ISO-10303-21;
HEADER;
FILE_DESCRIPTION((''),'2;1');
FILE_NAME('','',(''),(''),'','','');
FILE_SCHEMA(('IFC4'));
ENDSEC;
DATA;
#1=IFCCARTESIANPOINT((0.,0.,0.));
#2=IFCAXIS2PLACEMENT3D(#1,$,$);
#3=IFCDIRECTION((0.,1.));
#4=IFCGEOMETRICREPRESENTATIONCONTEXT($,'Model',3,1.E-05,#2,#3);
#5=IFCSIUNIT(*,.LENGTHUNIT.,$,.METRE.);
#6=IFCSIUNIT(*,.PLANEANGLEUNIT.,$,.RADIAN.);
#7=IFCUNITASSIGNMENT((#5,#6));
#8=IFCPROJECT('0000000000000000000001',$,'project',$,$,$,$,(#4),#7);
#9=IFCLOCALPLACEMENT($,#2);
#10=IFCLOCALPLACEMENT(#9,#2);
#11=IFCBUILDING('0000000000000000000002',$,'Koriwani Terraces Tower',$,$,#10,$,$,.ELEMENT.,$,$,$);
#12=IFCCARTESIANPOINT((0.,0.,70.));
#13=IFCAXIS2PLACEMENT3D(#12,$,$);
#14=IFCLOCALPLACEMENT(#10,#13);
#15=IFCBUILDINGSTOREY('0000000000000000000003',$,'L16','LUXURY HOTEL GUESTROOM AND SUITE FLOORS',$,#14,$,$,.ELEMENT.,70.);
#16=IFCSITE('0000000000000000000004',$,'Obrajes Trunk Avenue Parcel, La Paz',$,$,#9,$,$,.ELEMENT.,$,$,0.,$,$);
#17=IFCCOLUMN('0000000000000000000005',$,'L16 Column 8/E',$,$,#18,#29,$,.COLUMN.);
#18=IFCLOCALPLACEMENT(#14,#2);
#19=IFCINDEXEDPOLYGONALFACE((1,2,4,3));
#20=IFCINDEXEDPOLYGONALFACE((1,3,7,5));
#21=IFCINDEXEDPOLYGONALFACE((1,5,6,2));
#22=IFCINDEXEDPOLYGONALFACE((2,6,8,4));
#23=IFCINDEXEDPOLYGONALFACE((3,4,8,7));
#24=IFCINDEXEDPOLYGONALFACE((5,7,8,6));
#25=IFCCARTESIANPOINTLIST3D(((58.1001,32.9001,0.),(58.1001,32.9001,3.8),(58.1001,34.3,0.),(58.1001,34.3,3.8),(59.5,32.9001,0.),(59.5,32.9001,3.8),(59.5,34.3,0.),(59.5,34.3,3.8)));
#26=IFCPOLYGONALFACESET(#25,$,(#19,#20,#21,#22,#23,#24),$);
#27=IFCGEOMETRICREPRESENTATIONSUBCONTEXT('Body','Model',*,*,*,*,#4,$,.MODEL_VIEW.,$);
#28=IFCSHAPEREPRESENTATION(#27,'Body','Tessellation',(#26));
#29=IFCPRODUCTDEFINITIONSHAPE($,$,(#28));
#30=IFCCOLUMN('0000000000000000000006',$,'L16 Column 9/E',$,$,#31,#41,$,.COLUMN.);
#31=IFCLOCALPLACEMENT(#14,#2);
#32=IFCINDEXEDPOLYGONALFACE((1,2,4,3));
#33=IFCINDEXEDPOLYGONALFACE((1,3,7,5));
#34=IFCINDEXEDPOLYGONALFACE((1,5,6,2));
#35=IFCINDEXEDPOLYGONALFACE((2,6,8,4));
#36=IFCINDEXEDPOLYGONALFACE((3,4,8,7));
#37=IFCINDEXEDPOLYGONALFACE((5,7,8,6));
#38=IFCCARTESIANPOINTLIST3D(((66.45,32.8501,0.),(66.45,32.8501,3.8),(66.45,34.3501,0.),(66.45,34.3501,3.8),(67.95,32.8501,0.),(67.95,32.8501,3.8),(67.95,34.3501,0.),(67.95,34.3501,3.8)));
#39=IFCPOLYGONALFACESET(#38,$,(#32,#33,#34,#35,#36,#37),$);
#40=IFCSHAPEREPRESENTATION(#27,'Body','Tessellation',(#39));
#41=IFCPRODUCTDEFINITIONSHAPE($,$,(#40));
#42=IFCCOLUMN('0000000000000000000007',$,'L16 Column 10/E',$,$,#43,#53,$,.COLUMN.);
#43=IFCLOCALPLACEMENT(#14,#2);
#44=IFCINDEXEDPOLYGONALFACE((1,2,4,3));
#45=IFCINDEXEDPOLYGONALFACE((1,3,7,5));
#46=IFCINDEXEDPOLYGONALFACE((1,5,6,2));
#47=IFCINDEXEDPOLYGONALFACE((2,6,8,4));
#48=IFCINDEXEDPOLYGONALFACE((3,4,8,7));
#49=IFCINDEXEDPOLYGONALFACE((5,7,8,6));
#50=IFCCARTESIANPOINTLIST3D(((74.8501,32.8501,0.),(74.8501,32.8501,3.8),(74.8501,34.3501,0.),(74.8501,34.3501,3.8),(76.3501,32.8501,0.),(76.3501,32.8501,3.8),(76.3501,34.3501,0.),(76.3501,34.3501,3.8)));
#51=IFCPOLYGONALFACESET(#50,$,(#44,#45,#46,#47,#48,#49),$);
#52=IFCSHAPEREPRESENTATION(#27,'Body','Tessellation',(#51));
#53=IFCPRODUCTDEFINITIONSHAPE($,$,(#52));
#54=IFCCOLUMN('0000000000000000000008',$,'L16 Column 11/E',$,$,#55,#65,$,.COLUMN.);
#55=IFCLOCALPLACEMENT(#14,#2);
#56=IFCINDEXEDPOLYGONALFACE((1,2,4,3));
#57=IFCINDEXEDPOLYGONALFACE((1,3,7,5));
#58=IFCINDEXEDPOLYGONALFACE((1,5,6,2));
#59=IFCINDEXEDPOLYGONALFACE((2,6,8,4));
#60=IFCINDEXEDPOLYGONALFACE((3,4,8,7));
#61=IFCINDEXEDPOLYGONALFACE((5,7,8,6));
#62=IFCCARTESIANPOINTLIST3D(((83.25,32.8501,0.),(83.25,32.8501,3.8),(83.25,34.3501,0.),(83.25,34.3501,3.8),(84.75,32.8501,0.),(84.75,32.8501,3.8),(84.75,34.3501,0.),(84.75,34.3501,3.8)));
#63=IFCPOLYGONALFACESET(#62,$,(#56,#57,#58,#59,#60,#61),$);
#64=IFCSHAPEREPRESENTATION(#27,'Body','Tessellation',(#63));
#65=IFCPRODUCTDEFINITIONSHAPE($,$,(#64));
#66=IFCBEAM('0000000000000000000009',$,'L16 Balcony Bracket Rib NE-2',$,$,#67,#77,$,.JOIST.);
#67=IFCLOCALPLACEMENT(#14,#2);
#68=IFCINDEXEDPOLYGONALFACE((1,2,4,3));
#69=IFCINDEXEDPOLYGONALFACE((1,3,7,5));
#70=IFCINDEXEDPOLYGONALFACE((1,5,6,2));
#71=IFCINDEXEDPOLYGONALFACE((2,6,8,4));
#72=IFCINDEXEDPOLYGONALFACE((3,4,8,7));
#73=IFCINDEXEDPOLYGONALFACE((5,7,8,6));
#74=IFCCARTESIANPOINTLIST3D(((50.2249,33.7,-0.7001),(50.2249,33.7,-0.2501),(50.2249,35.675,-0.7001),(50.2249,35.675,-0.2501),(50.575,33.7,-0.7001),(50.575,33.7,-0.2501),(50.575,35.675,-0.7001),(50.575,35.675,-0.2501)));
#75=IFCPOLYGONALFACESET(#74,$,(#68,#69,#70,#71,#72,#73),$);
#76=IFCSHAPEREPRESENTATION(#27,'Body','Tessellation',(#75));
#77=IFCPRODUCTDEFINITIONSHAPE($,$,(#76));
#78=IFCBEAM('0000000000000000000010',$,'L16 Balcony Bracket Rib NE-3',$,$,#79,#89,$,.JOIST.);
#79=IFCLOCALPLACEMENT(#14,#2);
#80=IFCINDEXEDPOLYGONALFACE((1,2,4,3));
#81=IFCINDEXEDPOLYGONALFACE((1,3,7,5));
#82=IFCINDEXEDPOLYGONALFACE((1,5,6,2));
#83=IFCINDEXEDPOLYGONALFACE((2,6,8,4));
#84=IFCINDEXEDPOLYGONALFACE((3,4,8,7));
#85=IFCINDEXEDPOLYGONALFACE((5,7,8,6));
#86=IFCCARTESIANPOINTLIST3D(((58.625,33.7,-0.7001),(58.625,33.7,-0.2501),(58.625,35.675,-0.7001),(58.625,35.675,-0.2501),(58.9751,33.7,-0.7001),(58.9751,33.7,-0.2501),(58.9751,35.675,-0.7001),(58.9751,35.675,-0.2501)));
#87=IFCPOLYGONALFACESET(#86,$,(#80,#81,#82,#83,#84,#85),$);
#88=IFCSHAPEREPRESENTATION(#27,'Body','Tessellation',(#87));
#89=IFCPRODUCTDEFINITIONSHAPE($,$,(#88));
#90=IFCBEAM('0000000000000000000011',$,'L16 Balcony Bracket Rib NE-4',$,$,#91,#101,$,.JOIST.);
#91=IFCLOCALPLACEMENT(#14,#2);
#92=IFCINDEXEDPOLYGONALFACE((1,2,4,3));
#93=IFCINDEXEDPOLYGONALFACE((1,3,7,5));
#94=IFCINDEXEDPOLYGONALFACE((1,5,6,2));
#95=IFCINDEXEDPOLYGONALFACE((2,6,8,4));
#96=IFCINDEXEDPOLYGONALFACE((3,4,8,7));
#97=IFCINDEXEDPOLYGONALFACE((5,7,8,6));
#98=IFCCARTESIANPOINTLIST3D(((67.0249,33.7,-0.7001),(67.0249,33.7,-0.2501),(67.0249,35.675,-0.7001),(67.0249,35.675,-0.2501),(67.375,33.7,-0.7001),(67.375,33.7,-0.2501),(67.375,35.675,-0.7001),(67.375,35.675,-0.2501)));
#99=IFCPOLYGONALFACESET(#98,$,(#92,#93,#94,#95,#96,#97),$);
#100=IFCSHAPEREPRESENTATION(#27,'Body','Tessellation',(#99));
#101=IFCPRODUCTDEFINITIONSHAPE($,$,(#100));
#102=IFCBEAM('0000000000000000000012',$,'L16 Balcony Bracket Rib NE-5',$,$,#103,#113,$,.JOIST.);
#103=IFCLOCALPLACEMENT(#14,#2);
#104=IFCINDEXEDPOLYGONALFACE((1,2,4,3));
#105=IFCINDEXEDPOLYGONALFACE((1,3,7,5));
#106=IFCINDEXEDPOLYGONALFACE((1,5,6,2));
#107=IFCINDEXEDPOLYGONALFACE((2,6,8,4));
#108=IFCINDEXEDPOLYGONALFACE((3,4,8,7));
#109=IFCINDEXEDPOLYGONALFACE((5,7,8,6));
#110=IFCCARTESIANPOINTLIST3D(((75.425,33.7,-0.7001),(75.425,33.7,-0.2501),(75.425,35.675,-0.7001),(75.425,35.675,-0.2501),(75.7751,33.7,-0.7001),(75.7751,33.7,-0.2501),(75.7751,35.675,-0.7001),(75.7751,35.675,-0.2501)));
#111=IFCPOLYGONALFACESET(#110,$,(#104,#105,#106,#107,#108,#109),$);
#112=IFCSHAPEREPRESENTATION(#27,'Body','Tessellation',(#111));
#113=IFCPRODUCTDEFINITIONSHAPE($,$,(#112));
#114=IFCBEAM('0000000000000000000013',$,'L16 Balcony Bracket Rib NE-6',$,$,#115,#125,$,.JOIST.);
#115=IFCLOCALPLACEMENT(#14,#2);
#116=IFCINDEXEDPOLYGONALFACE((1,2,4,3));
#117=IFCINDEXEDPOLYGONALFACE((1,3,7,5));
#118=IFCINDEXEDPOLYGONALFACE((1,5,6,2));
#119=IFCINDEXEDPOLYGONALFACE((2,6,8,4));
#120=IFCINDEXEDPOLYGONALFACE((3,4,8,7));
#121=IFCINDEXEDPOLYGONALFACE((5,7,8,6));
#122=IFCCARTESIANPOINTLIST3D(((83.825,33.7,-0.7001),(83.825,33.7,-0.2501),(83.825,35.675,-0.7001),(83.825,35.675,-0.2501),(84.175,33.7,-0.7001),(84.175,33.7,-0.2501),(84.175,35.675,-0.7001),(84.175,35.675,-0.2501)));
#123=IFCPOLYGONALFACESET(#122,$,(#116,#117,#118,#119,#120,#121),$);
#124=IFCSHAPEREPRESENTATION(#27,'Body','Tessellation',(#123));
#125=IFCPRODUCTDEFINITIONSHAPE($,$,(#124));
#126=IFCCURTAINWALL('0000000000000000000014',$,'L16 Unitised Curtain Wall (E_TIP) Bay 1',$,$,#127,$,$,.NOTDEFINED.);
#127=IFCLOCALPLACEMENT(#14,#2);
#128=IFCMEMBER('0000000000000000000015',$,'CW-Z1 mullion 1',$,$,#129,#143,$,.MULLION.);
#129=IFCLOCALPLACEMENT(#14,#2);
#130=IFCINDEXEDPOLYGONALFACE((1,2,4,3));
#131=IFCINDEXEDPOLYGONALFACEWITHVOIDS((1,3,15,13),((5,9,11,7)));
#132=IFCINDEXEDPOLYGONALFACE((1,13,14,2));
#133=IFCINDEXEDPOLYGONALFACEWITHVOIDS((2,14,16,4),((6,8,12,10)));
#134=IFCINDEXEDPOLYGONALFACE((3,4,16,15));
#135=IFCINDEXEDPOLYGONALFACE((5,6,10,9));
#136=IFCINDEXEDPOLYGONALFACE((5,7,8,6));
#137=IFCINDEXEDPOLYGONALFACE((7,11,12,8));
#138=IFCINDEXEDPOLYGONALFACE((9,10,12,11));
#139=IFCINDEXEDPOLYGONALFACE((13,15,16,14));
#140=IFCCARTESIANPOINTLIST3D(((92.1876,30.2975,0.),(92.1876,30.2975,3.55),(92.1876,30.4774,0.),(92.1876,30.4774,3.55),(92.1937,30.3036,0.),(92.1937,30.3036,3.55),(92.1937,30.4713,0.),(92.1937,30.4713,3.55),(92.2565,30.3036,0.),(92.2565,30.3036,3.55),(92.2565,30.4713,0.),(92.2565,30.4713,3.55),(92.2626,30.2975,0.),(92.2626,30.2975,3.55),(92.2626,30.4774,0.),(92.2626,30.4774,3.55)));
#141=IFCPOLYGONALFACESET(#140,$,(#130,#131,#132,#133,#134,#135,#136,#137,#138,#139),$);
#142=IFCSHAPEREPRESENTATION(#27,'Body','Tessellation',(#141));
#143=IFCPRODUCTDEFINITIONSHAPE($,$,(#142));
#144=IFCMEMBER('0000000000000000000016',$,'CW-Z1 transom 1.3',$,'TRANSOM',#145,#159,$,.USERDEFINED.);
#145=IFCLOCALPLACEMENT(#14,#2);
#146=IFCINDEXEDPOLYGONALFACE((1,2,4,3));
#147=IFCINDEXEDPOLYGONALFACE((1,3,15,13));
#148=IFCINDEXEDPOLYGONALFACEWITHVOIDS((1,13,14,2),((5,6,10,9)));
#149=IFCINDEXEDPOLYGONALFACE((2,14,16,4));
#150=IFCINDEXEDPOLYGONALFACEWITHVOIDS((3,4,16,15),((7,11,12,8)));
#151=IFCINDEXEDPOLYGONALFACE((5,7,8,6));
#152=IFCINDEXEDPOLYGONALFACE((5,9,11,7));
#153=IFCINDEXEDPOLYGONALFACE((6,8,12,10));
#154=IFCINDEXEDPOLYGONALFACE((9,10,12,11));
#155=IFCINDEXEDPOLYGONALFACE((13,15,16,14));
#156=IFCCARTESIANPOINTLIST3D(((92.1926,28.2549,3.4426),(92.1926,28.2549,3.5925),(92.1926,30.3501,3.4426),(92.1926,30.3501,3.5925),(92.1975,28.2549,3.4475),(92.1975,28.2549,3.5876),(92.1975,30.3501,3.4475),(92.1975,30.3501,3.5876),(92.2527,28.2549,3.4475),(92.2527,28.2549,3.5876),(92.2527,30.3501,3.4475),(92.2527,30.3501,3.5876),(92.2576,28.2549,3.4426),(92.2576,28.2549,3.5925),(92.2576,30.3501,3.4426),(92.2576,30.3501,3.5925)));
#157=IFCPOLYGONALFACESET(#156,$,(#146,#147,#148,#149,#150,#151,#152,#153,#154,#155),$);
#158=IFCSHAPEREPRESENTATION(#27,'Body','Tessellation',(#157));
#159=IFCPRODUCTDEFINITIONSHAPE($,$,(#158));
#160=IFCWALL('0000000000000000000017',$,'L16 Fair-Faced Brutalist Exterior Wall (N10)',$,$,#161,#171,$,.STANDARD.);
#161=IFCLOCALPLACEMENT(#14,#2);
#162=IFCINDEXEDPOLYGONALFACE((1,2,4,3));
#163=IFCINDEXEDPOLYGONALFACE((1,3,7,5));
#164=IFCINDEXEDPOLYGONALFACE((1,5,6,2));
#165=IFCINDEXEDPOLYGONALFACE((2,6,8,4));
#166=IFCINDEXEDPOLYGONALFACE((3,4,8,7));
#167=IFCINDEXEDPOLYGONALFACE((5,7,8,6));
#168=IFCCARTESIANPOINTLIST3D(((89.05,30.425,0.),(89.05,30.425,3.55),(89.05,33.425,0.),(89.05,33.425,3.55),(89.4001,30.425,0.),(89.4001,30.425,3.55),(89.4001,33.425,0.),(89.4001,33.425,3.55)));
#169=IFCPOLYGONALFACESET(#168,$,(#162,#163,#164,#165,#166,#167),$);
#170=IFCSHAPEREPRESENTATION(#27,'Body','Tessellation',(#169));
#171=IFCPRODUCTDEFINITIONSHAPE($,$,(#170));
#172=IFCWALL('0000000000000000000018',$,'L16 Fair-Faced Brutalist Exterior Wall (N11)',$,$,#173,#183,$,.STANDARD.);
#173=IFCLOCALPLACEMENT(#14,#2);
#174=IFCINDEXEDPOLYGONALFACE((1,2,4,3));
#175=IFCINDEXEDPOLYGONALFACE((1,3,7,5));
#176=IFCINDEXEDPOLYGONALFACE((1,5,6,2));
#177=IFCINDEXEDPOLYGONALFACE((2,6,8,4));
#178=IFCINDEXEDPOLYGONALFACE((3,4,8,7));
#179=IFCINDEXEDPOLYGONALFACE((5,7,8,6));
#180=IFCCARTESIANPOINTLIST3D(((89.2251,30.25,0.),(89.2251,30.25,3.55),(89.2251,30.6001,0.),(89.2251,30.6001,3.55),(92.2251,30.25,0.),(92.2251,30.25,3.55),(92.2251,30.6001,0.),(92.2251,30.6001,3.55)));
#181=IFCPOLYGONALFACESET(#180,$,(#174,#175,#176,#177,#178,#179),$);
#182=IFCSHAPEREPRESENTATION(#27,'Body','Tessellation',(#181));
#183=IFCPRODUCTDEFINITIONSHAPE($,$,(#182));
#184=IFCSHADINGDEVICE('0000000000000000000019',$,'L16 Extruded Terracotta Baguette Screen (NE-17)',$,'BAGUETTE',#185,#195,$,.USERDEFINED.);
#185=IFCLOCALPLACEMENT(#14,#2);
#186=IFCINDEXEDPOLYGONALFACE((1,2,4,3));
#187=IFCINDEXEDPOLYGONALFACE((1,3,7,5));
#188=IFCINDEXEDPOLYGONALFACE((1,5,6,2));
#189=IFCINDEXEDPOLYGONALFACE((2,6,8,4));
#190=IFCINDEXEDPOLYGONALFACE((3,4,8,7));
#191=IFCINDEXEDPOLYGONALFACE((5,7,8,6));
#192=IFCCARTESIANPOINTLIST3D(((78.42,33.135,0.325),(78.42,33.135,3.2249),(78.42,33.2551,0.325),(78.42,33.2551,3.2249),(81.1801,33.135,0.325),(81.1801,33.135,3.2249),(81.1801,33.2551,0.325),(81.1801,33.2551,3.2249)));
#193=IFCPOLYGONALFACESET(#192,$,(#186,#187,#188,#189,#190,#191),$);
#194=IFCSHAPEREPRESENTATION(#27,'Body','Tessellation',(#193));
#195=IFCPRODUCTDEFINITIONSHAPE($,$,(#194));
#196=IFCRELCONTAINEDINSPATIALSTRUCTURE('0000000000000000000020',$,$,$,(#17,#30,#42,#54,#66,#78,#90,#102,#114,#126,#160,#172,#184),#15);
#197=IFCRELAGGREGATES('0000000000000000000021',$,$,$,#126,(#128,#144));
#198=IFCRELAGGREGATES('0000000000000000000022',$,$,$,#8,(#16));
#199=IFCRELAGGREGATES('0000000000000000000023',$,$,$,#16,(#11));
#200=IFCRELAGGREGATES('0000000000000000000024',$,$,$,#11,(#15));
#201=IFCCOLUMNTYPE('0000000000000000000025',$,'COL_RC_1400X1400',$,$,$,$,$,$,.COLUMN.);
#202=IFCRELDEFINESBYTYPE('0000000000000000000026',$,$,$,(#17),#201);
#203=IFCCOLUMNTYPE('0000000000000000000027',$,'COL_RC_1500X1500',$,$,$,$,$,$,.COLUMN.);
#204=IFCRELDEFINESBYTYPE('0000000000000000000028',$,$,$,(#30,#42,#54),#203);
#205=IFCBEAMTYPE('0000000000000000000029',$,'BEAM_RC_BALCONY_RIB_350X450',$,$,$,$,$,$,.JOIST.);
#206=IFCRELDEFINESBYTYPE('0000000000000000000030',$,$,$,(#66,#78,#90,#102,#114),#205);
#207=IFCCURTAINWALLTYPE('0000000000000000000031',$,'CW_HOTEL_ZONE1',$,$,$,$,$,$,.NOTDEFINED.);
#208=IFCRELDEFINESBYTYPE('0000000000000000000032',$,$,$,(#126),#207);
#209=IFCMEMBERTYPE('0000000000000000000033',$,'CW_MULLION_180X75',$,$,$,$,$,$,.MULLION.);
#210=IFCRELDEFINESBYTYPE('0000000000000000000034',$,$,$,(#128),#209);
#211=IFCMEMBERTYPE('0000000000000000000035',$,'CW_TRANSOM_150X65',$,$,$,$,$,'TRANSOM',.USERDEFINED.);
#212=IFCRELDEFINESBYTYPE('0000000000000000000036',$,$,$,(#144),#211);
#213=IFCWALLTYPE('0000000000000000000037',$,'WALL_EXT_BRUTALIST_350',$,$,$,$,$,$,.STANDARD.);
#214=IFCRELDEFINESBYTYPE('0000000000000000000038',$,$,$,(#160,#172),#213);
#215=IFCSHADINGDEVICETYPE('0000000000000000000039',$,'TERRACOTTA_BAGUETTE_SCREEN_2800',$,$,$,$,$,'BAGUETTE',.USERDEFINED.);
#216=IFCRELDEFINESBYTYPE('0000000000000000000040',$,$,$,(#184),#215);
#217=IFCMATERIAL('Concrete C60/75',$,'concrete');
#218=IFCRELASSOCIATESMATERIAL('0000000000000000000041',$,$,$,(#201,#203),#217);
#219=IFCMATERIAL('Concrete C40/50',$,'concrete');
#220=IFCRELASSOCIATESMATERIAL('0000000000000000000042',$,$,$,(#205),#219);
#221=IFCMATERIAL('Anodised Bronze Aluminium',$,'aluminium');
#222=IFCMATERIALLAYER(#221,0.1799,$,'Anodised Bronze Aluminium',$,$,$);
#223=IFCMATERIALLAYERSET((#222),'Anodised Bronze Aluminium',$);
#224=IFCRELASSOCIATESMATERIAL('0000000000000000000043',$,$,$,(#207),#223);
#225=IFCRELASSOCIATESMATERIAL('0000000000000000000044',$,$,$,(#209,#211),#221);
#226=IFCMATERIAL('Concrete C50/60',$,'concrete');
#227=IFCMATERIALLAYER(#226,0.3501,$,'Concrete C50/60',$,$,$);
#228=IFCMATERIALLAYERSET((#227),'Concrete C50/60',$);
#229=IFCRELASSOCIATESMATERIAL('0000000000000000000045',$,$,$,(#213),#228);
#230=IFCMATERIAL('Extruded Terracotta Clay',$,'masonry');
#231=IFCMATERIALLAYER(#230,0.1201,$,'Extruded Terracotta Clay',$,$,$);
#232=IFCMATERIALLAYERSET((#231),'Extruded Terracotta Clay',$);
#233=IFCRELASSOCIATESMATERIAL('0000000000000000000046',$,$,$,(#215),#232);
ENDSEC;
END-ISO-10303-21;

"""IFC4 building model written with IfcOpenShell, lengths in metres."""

from ifc_helpers import new_model, si_unit, direction, frame, frame_2d, origin, origin_2d, place, context, subcontext, project, spatial, rectangle, hollow_rectangle, extrude, material, layer, layer_set, material_profile, profile_set, type_object, element, aggregate, save


model = new_model("IFC4")

# Units and contexts
model_context = context("Model", 3, precision=1e-05, world=origin(), true_north=direction((0.0, 1.0)))
body_context = subcontext(model_context, "Body", "Model", "MODEL_VIEW")
ifc_project = project(units=[si_unit("LENGTHUNIT", "METRE"), si_unit("PLANEANGLEUNIT", "RADIAN")], contexts=[model_context])

# Site, building, storey
site_placement = place(None, origin())
site = spatial("IfcSite", under=ifc_project, at=site_placement, Name="Obrajes Trunk Avenue Parcel, La Paz", CompositionType="ELEMENT", RefElevation=0.0)
building_placement = place(site_placement, origin())
building = spatial("IfcBuilding", under=site, at=building_placement, Name="Koriwani Terraces Tower", CompositionType="ELEMENT")
storey_placement = place(building_placement, frame((0.0, 0.0, 70.0)))
storey = spatial("IfcBuildingStorey", under=building, at=storey_placement, Name="L16", Description="LUXURY HOTEL GUESTROOM AND SUITE FLOORS", CompositionType="ELEMENT", Elevation=70.0)

# Columns
ifc_material_1 = material(Name="Concrete C60/75", Category="concrete")
ifc_material_profile_1 = material_profile(ifc_material_1, rectangle(XDim=1.3999, YDim=1.3999, at=origin_2d()), Name="Concrete C60/75", Category="LoadBearing")
ifc_profile_set_1 = profile_set([ifc_material_profile_1], Name="Concrete C60/75")
column_type_1 = type_object("IfcColumnType", Name="COL_RC_1400X1400", PredefinedType="COLUMN", material=ifc_profile_set_1)
column_placement = place(storey_placement, frame((58.8, 33.6001, 0.0), z_axis=(0.0, 0.0, 1.0), x_axis=(1.0, 0.0, 0.0)))
element("IfcColumn", 1, at=column_placement, inside=storey, type_object=column_type_1, Name="L16 Column 8/E", PredefinedType="COLUMN", context=body_context, shape_type="SweptSolid", body=[
    extrude(rectangle(XDim=1.3999, YDim=1.3999, at=origin_2d()), origin(), (0.0, 0.0, 1.0), 3.8),
])
ifc_material_profile_2 = material_profile(ifc_material_1, rectangle(XDim=1.5, YDim=1.5, at=origin_2d()), Name="Concrete C60/75", Category="LoadBearing")
ifc_profile_set_2 = profile_set([ifc_material_profile_2], Name="Concrete C60/75")
column_type_2 = type_object("IfcColumnType", Name="COL_RC_1500X1500", PredefinedType="COLUMN", material=ifc_profile_set_2)
for number, where, z_axis, x_axis, name in (
    (2, (67.2, 33.6001, 0.0), (0.0, 0.0, 1.0), (1.0, 0.0, 0.0), "L16 Column 9/E"),
    (3, (75.6001, 33.6001, 0.0), (0.0, 0.0, 1.0), (1.0, 0.0, 0.0), "L16 Column 10/E"),
    (4, (84.0, 33.6001, 0.0), (0.0, 0.0, 1.0), (1.0, 0.0, 0.0), "L16 Column 11/E"),
):
    element("IfcColumn", number, at=place(storey_placement, frame(where, z_axis=z_axis, x_axis=x_axis)), inside=storey, type_object=column_type_2, Name=name, PredefinedType="COLUMN", context=body_context, shape_type="SweptSolid", body=[
        extrude(rectangle(XDim=1.5, YDim=1.5, at=origin_2d()), origin(), (0.0, 0.0, 1.0), 3.8),
    ])

# Beams
ifc_material_2 = material(Name="Concrete C40/50", Category="concrete")
ifc_material_profile_3 = material_profile(ifc_material_2, rectangle(XDim=0.3501, YDim=0.45, at=origin_2d()), Name="Concrete C40/50", Category="LoadBearing")
ifc_profile_set_3 = profile_set([ifc_material_profile_3], Name="Concrete C40/50")
beam_type = type_object("IfcBeamType", Name="BEAM_RC_BALCONY_RIB_350X450", PredefinedType="JOIST", material=ifc_profile_set_3)
for number, where, z_axis, x_axis, name in (
    (5, (50.3999, 33.7, -0.4751), (0.0, 1.0, 0.0), (-1.0, 0.0, 0.0), "L16 Balcony Bracket Rib NE-2"),
    (6, (58.8, 33.7, -0.4751), (0.0, 1.0, 0.0), (-1.0, 0.0, 0.0), "L16 Balcony Bracket Rib NE-3"),
    (7, (67.2, 33.7, -0.4751), (0.0, 1.0, 0.0), (-1.0, 0.0, 0.0), "L16 Balcony Bracket Rib NE-4"),
    (8, (75.6001, 33.7, -0.4751), (0.0, 1.0, 0.0), (-1.0, 0.0, 0.0), "L16 Balcony Bracket Rib NE-5"),
    (9, (84.0, 33.7, -0.4751), (0.0, 1.0, 0.0), (-1.0, 0.0, 0.0), "L16 Balcony Bracket Rib NE-6"),
):
    element("IfcBeam", number, at=place(storey_placement, frame(where, z_axis=z_axis, x_axis=x_axis)), inside=storey, type_object=beam_type, Name=name, PredefinedType="JOIST", context=body_context, shape_type="SweptSolid", body=[
        extrude(rectangle(XDim=0.3501, YDim=0.45, at=origin_2d()), origin(), (0.0, 0.0, 1.0), 1.9751),
    ])

# Curtain wall, members
ifc_material_3 = material(Name="Anodised Bronze Aluminium", Category="aluminium")
ifc_layer_1 = layer(ifc_material_3, 0.1799, Name="Anodised Bronze Aluminium")
ifc_layer_set_1 = layer_set([ifc_layer_1], Name="Anodised Bronze Aluminium")
curtain_wall_type = type_object("IfcCurtainWallType", Name="CW_HOTEL_ZONE1", PredefinedType="NOTDEFINED", material=ifc_layer_set_1)
curtain_wall_placement = place(storey_placement, origin())
curtain_wall = element("IfcCurtainWall", 10, at=curtain_wall_placement, inside=storey, type_object=curtain_wall_type, Name="L16 Unitised Curtain Wall (E_TIP) Bay 1", PredefinedType="NOTDEFINED")
ifc_material_profile_4 = material_profile(ifc_material_3, hollow_rectangle(XDim=0.075, YDim=0.1799, WallThickness=0.0061, at=origin_2d()), Name="Anodised Bronze Aluminium", Category="LoadBearing")
ifc_profile_set_4 = profile_set([ifc_material_profile_4], Name="Anodised Bronze Aluminium")
member_type_1 = type_object("IfcMemberType", Name="CW_MULLION_180X75", PredefinedType="MULLION", material=ifc_profile_set_4)
member_1_placement = place(storey_placement, frame((92.2251, 30.3875, 0.0), z_axis=(0.0, 0.0, 1.0), x_axis=(1.0, 0.0, 0.0)))
member_1 = element("IfcMember", 11, at=member_1_placement, type_object=member_type_1, Name="CW-Z1 mullion 1", PredefinedType="MULLION", context=body_context, shape_type="SweptSolid", body=[
    extrude(hollow_rectangle(XDim=0.075, YDim=0.1799, WallThickness=0.0061, at=origin_2d()), origin(), (0.0, 0.0, 1.0), 3.55),
])
ifc_material_profile_5 = material_profile(ifc_material_3, hollow_rectangle(XDim=0.0649, YDim=0.1499, WallThickness=0.0049, at=origin_2d()), Name="Anodised Bronze Aluminium", Category="LoadBearing")
ifc_profile_set_5 = profile_set([ifc_material_profile_5], Name="Anodised Bronze Aluminium")
member_type_2 = type_object("IfcMemberType", Name="CW_TRANSOM_150X65", ElementType="TRANSOM", PredefinedType="USERDEFINED", material=ifc_profile_set_5)
member_2_placement = place(storey_placement, frame((92.2251, 30.3501, 3.5176), z_axis=(0.0, -1.0, 0.0), x_axis=(1.0, 0.0, 0.0)))
member_2 = element("IfcMember", 12, at=member_2_placement, type_object=member_type_2, Name="CW-Z1 transom 1.3", ObjectType="TRANSOM", PredefinedType="USERDEFINED", context=body_context, shape_type="SweptSolid", body=[
    extrude(hollow_rectangle(XDim=0.0649, YDim=0.1499, WallThickness=0.0049, at=origin_2d()), origin(), (0.0, 0.0, 1.0), 2.0952),
])
aggregate(curtain_wall, [member_1, member_2])

# Walls
ifc_material_4 = material(Name="Concrete C50/60", Category="concrete")
ifc_layer_2 = layer(ifc_material_4, 0.3501, Name="Concrete C50/60")
ifc_layer_set_2 = layer_set([ifc_layer_2], Name="Concrete C50/60")
wall_type = type_object("IfcWallType", Name="WALL_EXT_BRUTALIST_350", PredefinedType="STANDARD", material=ifc_layer_set_2)
for number, where, z_axis, x_axis, name in (
    (13, (89.2251, 33.425, 0.0), (0.0, 0.0, 1.0), (0.0, -1.0, 0.0), "L16 Fair-Faced Brutalist Exterior Wall (N10)"),
    (14, (89.2251, 30.425, 0.0), (0.0, 0.0, 1.0), (1.0, 0.0, 0.0), "L16 Fair-Faced Brutalist Exterior Wall (N11)"),
):
    element("IfcWall", number, at=place(storey_placement, frame(where, z_axis=z_axis, x_axis=x_axis)), inside=storey, type_object=wall_type, Name=name, PredefinedType="STANDARD", context=body_context, shape_type="SweptSolid", body=[
        extrude(rectangle(XDim=3.0, YDim=0.3501, at=frame_2d((1.5, 0.0))), origin(), (0.0, 0.0, 1.0), 3.55),
    ])

# Shading device
ifc_material_5 = material(Name="Extruded Terracotta Clay", Category="masonry")
ifc_layer_3 = layer(ifc_material_5, 0.1201, Name="Extruded Terracotta Clay")
ifc_layer_set_3 = layer_set([ifc_layer_3], Name="Extruded Terracotta Clay")
shading_device_type = type_object("IfcShadingDeviceType", Name="TERRACOTTA_BAGUETTE_SCREEN_2800", ElementType="BAGUETTE", PredefinedType="USERDEFINED", material=ifc_layer_set_3)
shading_device_placement = place(storey_placement, frame((79.8, 33.1951, 0.325), z_axis=(0.0, 0.0, 1.0), x_axis=(1.0, 0.0, 0.0)))
element("IfcShadingDevice", 15, at=shading_device_placement, inside=storey, type_object=shading_device_type, Name="L16 Extruded Terracotta Baguette Screen (NE-17)", ObjectType="BAGUETTE", PredefinedType="USERDEFINED", context=body_context, shape_type="SweptSolid", body=[
    extrude(rectangle(XDim=2.76, YDim=0.1201, at=origin_2d()), origin(), (0.0, 0.0, 1.0), 2.8999),
])

save(model, "model.ifc")
